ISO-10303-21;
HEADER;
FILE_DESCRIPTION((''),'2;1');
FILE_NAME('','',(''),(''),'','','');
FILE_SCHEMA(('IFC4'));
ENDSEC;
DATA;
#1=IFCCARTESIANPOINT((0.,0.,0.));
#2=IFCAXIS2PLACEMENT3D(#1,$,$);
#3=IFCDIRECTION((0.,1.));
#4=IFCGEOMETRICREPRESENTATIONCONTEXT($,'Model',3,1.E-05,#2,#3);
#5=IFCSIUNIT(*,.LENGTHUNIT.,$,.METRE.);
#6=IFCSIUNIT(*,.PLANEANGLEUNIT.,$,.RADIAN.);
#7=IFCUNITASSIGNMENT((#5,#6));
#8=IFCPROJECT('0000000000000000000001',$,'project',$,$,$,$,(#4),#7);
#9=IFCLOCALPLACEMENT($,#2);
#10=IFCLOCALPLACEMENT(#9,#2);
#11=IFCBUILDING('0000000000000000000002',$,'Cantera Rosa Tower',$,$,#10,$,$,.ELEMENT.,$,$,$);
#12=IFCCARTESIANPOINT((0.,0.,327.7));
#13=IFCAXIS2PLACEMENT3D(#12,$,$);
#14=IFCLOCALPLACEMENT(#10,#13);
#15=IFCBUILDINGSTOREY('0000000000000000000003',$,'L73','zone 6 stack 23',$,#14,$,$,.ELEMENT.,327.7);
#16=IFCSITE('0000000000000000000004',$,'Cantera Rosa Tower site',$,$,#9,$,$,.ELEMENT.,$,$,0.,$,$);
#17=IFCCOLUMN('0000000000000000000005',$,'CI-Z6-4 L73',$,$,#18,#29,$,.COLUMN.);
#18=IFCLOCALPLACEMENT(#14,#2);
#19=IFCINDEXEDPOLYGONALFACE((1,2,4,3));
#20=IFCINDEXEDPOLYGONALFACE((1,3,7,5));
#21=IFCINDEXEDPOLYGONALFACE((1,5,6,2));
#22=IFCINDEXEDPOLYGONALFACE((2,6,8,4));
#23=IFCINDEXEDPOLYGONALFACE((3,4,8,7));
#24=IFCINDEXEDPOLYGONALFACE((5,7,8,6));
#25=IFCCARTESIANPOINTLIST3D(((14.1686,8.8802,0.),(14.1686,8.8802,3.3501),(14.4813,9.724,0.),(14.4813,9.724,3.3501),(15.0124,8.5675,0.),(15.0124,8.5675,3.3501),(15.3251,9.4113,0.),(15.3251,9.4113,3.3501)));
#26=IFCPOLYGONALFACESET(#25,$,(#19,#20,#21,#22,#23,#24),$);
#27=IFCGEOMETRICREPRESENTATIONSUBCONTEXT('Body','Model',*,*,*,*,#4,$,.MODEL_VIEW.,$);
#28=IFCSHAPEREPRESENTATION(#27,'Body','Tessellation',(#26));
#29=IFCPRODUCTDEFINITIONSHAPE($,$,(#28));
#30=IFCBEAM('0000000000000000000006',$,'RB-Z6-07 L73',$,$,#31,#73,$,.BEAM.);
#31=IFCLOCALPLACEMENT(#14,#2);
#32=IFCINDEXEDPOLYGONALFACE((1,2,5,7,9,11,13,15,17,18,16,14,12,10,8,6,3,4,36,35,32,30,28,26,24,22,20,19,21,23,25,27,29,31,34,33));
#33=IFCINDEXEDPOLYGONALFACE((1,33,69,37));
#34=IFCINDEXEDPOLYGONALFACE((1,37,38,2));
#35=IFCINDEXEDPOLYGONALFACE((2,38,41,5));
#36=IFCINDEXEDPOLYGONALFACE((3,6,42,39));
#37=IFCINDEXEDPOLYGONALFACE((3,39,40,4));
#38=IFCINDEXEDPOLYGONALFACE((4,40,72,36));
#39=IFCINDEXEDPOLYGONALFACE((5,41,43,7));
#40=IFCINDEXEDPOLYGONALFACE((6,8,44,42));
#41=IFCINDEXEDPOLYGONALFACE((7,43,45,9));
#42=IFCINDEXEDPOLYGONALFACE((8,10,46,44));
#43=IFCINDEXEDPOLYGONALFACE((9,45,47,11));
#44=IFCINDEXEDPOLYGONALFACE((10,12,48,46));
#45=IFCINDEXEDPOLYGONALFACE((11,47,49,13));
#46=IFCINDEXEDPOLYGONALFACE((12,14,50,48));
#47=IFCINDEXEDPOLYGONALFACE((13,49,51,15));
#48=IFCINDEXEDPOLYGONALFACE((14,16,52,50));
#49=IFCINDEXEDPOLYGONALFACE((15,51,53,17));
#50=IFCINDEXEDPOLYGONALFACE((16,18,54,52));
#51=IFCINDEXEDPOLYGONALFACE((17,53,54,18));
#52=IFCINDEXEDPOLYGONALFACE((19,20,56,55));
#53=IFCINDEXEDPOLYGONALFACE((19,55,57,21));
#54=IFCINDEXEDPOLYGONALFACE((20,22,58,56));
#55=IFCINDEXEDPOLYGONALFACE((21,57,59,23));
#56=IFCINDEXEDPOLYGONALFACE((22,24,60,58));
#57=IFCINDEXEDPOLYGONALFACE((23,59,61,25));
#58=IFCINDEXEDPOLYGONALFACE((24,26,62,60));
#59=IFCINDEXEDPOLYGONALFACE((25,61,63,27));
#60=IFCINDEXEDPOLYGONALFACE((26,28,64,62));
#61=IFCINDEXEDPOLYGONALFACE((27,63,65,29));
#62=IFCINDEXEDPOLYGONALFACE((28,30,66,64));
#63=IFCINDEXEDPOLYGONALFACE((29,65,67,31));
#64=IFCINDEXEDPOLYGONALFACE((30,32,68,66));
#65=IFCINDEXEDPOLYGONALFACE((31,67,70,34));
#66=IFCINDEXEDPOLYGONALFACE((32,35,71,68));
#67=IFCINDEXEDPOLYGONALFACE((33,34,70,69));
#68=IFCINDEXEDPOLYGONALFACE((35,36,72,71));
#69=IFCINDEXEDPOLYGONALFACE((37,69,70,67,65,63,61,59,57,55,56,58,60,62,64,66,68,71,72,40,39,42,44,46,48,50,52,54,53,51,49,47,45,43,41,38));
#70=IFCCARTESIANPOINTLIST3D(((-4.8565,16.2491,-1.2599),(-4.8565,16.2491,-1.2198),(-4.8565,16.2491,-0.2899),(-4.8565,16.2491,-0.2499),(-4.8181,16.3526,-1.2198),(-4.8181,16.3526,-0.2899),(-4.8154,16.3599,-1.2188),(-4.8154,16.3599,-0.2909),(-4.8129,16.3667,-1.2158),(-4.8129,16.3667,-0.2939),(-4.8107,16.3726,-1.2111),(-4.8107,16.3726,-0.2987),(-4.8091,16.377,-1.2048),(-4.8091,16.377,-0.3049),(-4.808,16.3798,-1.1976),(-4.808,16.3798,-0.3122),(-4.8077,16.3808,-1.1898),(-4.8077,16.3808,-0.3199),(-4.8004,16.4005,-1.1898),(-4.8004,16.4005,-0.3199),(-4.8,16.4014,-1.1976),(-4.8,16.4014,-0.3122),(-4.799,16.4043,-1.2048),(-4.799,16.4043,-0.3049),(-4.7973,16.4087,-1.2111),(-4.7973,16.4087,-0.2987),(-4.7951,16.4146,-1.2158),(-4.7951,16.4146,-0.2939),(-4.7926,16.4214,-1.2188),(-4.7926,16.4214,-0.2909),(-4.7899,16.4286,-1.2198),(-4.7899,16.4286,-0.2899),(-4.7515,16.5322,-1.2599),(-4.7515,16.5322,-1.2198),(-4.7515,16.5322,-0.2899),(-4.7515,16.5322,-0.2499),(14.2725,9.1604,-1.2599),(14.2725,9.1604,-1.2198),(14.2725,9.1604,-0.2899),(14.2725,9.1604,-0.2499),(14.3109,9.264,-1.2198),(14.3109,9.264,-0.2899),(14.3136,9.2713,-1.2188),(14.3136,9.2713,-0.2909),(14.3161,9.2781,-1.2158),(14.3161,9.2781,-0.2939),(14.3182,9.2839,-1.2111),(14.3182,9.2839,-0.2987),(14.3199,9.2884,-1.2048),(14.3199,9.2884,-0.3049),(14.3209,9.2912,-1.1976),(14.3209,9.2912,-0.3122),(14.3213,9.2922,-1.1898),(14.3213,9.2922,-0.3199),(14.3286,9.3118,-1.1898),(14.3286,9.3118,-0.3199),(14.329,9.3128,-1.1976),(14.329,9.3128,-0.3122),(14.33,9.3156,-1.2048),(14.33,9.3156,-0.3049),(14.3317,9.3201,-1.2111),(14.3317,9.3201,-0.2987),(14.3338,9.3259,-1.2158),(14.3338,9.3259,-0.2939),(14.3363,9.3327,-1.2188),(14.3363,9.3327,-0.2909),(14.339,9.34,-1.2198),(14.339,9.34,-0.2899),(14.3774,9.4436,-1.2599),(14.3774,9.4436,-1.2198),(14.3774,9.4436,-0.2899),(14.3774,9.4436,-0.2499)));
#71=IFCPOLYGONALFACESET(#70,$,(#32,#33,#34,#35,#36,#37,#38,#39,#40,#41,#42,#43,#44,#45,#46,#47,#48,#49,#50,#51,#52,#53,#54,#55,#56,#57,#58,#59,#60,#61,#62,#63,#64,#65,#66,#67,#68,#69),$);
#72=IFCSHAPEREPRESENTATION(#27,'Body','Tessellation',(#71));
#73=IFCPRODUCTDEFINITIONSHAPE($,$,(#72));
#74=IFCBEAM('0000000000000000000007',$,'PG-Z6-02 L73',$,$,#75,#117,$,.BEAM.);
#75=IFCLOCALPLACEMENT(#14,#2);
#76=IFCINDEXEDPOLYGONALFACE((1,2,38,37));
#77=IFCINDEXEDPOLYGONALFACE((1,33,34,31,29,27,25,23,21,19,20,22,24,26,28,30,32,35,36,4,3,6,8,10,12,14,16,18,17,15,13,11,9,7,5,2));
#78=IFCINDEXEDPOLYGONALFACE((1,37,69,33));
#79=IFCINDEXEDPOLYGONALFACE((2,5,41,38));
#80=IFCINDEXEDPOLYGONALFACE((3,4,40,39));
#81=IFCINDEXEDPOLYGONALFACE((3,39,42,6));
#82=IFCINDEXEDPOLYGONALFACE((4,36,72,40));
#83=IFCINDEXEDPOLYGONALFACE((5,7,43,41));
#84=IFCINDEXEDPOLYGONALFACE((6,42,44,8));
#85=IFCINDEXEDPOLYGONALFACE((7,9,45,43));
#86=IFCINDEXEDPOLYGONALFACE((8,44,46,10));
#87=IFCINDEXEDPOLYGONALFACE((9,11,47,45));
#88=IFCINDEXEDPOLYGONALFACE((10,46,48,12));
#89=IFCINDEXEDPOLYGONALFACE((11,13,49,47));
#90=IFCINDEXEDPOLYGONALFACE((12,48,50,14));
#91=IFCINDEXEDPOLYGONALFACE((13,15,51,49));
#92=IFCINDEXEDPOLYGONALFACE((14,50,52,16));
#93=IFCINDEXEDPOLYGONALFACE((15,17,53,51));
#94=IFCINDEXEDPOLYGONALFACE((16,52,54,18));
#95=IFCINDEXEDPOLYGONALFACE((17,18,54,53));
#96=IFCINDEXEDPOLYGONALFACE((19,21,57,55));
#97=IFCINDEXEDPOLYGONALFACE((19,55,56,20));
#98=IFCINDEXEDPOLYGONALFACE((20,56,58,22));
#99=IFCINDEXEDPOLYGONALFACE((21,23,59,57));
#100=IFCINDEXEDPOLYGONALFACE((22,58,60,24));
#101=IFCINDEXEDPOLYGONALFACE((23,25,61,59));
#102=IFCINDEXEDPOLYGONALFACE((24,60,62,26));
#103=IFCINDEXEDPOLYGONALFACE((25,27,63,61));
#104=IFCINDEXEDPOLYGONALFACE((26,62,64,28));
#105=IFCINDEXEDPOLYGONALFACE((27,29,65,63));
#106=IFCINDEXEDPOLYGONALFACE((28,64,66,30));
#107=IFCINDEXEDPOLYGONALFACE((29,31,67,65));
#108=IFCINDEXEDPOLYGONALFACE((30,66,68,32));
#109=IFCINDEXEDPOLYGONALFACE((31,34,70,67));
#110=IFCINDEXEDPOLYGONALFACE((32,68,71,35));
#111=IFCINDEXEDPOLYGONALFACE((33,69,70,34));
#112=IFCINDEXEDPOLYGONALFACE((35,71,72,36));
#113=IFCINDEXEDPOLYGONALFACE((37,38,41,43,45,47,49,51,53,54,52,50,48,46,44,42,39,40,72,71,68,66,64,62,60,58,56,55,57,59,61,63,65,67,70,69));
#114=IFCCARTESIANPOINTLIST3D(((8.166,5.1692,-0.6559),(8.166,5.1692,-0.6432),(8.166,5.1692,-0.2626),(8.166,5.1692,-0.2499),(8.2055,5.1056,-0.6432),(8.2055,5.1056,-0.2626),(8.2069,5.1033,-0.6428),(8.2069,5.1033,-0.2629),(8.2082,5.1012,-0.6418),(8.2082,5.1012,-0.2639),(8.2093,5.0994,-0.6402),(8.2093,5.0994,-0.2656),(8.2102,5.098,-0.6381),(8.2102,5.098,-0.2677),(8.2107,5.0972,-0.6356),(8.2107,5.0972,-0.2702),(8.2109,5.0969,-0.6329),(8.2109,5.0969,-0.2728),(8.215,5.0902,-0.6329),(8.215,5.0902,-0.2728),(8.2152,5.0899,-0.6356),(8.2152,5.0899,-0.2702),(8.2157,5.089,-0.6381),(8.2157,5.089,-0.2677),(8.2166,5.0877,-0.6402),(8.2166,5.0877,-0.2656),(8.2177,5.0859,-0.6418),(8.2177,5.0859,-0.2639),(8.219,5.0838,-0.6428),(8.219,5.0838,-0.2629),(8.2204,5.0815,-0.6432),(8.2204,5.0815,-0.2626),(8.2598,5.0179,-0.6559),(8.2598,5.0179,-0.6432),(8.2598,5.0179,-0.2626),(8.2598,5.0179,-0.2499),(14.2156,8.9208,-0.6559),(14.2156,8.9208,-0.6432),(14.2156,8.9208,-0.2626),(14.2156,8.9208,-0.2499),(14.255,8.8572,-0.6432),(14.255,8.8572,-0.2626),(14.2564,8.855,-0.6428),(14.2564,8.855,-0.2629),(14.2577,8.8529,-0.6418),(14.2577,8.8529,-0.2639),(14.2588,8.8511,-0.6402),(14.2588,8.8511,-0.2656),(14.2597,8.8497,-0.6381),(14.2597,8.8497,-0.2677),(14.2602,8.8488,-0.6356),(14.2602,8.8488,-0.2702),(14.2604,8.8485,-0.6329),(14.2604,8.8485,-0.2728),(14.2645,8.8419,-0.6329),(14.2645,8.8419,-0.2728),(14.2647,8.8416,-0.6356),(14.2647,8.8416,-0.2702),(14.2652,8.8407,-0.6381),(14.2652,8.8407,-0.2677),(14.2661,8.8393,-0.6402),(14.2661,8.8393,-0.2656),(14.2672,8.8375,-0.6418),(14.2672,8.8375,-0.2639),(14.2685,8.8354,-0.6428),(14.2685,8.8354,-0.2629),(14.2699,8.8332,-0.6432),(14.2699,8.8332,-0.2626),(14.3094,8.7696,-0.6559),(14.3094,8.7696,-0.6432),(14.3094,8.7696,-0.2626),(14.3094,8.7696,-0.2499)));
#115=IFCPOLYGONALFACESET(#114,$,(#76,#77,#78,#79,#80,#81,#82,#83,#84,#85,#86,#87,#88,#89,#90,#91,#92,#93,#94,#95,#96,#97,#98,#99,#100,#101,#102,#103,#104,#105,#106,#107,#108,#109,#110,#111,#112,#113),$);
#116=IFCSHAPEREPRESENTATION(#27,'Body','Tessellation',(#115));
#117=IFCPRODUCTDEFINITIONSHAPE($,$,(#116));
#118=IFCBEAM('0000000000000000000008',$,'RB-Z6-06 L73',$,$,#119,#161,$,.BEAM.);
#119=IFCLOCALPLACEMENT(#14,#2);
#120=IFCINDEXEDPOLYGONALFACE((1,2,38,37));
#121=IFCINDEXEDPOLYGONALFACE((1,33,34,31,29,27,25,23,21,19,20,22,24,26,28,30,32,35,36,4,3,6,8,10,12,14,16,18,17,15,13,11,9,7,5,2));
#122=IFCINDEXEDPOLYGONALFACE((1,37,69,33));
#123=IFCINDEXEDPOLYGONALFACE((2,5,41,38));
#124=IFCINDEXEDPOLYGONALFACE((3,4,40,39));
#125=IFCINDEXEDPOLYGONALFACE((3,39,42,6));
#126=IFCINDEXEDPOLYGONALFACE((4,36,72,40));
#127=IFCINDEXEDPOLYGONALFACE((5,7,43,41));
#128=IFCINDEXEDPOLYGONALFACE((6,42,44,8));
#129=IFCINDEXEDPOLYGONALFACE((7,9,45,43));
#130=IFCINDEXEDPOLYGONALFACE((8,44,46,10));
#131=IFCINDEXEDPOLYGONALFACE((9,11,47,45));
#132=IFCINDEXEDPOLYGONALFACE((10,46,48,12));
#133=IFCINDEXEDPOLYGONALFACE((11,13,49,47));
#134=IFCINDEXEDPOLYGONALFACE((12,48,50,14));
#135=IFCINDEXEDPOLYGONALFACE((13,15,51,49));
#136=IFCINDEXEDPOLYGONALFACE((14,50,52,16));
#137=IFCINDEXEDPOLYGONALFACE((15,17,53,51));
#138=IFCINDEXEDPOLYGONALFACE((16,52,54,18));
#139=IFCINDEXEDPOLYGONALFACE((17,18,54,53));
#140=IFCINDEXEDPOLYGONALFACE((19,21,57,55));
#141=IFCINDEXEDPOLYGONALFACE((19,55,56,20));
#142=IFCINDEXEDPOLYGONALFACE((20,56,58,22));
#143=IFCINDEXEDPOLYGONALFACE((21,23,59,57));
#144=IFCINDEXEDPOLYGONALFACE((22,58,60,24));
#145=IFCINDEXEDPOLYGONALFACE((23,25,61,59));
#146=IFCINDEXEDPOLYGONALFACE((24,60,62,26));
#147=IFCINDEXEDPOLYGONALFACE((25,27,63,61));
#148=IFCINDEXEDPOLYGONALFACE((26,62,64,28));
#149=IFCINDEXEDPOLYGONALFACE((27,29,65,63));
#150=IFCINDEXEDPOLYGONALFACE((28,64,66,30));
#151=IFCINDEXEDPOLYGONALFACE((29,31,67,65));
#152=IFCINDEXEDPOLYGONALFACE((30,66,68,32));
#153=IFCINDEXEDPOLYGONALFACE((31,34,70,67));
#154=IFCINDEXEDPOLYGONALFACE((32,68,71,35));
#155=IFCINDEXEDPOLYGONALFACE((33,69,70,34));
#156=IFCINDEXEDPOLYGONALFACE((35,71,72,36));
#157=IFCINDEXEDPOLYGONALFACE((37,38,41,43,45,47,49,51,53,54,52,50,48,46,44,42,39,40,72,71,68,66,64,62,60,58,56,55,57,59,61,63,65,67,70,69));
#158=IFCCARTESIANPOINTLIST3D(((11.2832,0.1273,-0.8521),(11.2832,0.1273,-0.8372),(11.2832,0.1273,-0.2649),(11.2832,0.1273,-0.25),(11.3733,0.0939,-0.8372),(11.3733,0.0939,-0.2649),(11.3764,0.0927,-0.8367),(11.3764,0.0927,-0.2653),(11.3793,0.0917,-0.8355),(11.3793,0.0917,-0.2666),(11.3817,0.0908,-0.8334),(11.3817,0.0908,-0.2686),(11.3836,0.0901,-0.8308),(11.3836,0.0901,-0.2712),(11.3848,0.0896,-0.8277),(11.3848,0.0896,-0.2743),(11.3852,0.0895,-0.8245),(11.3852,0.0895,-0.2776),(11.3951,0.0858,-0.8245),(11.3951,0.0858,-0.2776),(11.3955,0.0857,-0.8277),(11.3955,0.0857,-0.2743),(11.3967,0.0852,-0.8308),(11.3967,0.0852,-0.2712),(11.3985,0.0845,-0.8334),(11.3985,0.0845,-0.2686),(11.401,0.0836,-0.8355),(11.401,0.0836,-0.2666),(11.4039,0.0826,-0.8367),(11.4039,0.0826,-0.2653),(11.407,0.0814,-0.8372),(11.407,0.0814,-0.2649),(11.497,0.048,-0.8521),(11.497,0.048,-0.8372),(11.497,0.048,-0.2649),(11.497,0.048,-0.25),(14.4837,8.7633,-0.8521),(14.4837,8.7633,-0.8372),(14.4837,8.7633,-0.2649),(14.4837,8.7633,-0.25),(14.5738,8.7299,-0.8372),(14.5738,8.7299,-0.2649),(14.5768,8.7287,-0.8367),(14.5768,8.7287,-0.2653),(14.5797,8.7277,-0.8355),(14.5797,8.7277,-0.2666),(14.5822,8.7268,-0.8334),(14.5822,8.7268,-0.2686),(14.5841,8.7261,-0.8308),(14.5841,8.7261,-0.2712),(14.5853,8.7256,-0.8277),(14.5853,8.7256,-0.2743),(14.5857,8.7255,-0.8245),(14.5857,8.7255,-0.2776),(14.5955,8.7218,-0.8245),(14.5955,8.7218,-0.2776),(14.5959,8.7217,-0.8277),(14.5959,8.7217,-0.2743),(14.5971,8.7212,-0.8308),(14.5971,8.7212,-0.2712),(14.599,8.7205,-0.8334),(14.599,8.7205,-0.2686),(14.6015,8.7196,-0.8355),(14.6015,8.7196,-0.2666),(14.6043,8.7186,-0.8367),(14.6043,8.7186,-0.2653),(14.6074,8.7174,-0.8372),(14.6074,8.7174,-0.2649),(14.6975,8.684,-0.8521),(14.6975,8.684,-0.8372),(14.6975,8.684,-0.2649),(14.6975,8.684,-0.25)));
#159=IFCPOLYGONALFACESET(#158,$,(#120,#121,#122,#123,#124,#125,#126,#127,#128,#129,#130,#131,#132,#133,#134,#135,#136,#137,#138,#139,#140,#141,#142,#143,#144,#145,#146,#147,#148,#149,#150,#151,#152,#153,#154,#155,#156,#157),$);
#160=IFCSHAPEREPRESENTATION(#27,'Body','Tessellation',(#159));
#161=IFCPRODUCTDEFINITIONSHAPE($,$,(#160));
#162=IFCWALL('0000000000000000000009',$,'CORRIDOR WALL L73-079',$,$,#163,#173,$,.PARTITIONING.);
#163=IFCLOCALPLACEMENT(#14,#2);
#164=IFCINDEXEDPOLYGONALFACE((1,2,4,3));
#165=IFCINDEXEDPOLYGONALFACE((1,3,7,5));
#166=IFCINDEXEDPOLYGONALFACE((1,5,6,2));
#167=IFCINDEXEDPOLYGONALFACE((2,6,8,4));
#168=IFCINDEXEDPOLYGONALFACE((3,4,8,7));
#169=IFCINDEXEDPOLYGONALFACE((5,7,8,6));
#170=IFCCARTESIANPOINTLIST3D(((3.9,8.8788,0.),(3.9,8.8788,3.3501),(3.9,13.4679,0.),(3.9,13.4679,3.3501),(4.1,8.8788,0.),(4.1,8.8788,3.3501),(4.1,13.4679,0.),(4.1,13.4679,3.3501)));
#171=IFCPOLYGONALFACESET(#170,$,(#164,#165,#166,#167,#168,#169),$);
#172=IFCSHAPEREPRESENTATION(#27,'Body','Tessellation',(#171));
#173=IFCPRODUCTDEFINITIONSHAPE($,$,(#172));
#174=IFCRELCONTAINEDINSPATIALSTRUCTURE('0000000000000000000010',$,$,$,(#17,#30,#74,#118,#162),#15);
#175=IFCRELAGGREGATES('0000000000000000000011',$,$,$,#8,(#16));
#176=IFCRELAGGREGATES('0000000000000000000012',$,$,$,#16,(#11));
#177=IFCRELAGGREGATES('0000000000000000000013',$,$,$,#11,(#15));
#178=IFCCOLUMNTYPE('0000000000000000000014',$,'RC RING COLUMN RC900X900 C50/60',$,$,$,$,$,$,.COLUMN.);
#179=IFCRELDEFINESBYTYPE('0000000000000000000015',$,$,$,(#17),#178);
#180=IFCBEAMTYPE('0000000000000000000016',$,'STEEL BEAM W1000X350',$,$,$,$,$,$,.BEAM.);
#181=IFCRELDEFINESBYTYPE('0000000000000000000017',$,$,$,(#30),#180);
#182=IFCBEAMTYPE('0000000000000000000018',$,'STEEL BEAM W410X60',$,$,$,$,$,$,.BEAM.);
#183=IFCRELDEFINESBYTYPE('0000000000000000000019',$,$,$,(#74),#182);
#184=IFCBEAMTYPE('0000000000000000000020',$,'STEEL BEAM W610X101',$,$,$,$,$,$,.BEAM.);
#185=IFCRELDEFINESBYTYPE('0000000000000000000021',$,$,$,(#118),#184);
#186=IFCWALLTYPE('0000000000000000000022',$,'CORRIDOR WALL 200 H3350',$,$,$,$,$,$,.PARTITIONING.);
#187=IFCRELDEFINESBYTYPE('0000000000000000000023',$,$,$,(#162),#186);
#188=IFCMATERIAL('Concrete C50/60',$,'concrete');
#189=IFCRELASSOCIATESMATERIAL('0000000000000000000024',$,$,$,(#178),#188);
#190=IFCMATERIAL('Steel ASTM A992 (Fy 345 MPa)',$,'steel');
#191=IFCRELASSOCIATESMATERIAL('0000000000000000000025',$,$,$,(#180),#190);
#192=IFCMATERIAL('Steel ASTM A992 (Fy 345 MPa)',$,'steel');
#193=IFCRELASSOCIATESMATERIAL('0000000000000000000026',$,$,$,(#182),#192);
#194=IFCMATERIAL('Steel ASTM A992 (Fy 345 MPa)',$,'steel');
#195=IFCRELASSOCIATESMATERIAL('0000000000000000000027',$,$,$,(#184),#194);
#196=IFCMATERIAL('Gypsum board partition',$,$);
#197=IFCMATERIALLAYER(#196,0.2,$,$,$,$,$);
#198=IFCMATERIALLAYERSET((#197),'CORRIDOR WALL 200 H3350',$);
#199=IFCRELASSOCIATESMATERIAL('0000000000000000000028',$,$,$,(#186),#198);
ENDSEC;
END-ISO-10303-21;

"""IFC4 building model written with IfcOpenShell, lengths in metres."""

from ifc_helpers import new_model, si_unit, direction, frame, frame_2d, origin, origin_2d, place, context, subcontext, project, spatial, rectangle, i_section, extrude, material, layer, layer_set, material_profile, profile_set, type_object, element, save


model = new_model("IFC4")

# Units and contexts
model_context = context("Model", 3, precision=1e-05, world=origin(), true_north=direction((0.0, 1.0)))
body_context = subcontext(model_context, "Body", "Model", "MODEL_VIEW")
ifc_project = project(units=[si_unit("LENGTHUNIT", "METRE"), si_unit("PLANEANGLEUNIT", "RADIAN")], contexts=[model_context])

# Site, building, storey
site_placement = place(None, origin())
site = spatial("IfcSite", under=ifc_project, at=site_placement, Name="Cantera Rosa Tower site", CompositionType="ELEMENT", RefElevation=0.0)
building_placement = place(site_placement, origin())
building = spatial("IfcBuilding", under=site, at=building_placement, Name="Cantera Rosa Tower", CompositionType="ELEMENT")
storey_placement = place(building_placement, frame((0.0, 0.0, 327.7)))
storey = spatial("IfcBuildingStorey", under=building, at=storey_placement, Name="L73", Description="zone 6 stack 23", CompositionType="ELEMENT", Elevation=327.7)

# Column
ifc_material_1 = material(Name="Concrete C50/60", Category="concrete")
ifc_material_profile_1 = material_profile(ifc_material_1, rectangle(XDim=0.8999, YDim=0.8999, at=origin_2d()), Name="RC RING COLUMN RC900X900 C50/60")
ifc_profile_set_1 = profile_set([ifc_material_profile_1], Name="Concrete C50/60")
column_type = type_object("IfcColumnType", Name="RC RING COLUMN RC900X900 C50/60", PredefinedType="COLUMN", material=ifc_profile_set_1)
column_placement = place(storey_placement, frame((14.7468, 9.1458, 0.0), z_axis=(0.0, 0.0, 1.0), x_axis=(0.347481, 0.937687, 0.0)))
element("IfcColumn", 1, at=column_placement, inside=storey, type_object=column_type, Name="CI-Z6-4 L73", PredefinedType="COLUMN", context=body_context, shape_type="SweptSolid", body=[
    extrude(rectangle(XDim=0.8999, YDim=0.8999, at=origin_2d()), origin(), (0.0, 0.0, 1.0), 3.3501),
])

# Beams
ifc_material_2 = material(Name="Steel ASTM A992 (Fy 345 MPa)", Category="steel")
ifc_material_profile_2 = material_profile(ifc_material_2, i_section(OverallWidth=0.302, OverallDepth=1.01, WebThickness=0.021, FlangeThickness=0.04, FilletRadius=0.03, at=origin_2d()), Name="W1000X350")
ifc_profile_set_2 = profile_set([ifc_material_profile_2], Name="Steel ASTM A992 (Fy 345 MPa)")
beam_type_1 = type_object("IfcBeamType", Name="STEEL BEAM W1000X350", PredefinedType="BEAM", material=ifc_profile_set_2)
beam_1_placement = place(storey_placement, frame((14.325, 9.302, -0.7549), z_axis=(-0.937687, 0.34748, 0.0), x_axis=(-0.34748, -0.937687, 0.0)))
element("IfcBeam", 2, at=beam_1_placement, inside=storey, type_object=beam_type_1, Name="RB-Z6-07 L73", PredefinedType="BEAM", context=body_context, shape_type="SweptSolid", body=[
    extrude(i_section(OverallWidth=0.302, OverallDepth=1.01, WebThickness=0.021, FlangeThickness=0.04, FilletRadius=0.03, at=origin_2d()), origin(), (0.0, 0.0, 1.0), 20.4001),
])
ifc_material_3 = material(Name="Steel ASTM A992 (Fy 345 MPa)", Category="steel")
ifc_material_profile_3 = material_profile(ifc_material_3, i_section(OverallWidth=0.178, OverallDepth=0.406, WebThickness=0.0078, FlangeThickness=0.0127, FilletRadius=0.0103, at=origin_2d()), Name="W410X60")
ifc_profile_set_3 = profile_set([ifc_material_profile_3], Name="Steel ASTM A992 (Fy 345 MPa)")
beam_type_2 = type_object("IfcBeamType", Name="STEEL BEAM W410X60", PredefinedType="BEAM", material=ifc_profile_set_3)
beam_2_placement = place(storey_placement, frame((14.2625, 8.8452, -0.4529), z_axis=(-0.849841, -0.527039, 0.0), x_axis=(0.527039, -0.849841, 0.0)))
element("IfcBeam", 3, at=beam_2_placement, inside=storey, type_object=beam_type_2, Name="PG-Z6-02 L73", PredefinedType="BEAM", context=body_context, shape_type="SweptSolid", body=[
    extrude(i_section(OverallWidth=0.178, OverallDepth=0.406, WebThickness=0.0078, FlangeThickness=0.0127, FilletRadius=0.0103, at=origin_2d()), origin(), (0.0, 0.0, 1.0), 7.1184),
])
ifc_material_4 = material(Name="Steel ASTM A992 (Fy 345 MPa)", Category="steel")
ifc_material_profile_4 = material_profile(ifc_material_4, i_section(OverallWidth=0.228, OverallDepth=0.6021, WebThickness=0.0105, FlangeThickness=0.0149, FilletRadius=0.0127, at=origin_2d()), Name="W610X101")
ifc_profile_set_4 = profile_set([ifc_material_profile_4], Name="Steel ASTM A992 (Fy 345 MPa)")
beam_type_3 = type_object("IfcBeamType", Name="STEEL BEAM W610X101", PredefinedType="BEAM", material=ifc_profile_set_4)
beam_3_placement = place(storey_placement, frame((11.3901, 0.0876, -0.551), z_axis=(0.347498, 0.937681, 0.0), x_axis=(-0.937681, 0.347498, 0.0)))
element("IfcBeam", 4, at=beam_3_placement, inside=storey, type_object=beam_type_3, Name="RB-Z6-06 L73", PredefinedType="BEAM", context=body_context, shape_type="SweptSolid", body=[
    extrude(i_section(OverallWidth=0.228, OverallDepth=0.6021, WebThickness=0.0105, FlangeThickness=0.0149, FilletRadius=0.0127, at=origin_2d()), origin(), (0.0, 0.0, 1.0), 9.21),
])

# Wall
ifc_material_5 = material(Name="Gypsum board partition")
ifc_layer_1 = layer(ifc_material_5, 0.2)
ifc_layer_set_1 = layer_set([ifc_layer_1], Name="CORRIDOR WALL 200 H3350")
wall_type_1 = type_object("IfcWallType", Name="CORRIDOR WALL 200 H3350", PredefinedType="PARTITIONING", material=ifc_layer_set_1)
wall_1_placement = place(storey_placement, frame((4.0, 8.8789, 0.0), z_axis=(0.0, 0.0, 1.0), x_axis=(0.0, 1.0, 0.0)))
element("IfcWall", 5, at=wall_1_placement, inside=storey, type_object=wall_type_1, Name="CORRIDOR WALL L73-079", PredefinedType="PARTITIONING", context=body_context, shape_type="SweptSolid", body=[
    extrude(rectangle(XDim=4.5891, YDim=0.2, at=frame_2d((2.2944, 0.0))), origin(), (0.0, 0.0, 1.0), 3.3501),
])

save(model, "model.ifc")
